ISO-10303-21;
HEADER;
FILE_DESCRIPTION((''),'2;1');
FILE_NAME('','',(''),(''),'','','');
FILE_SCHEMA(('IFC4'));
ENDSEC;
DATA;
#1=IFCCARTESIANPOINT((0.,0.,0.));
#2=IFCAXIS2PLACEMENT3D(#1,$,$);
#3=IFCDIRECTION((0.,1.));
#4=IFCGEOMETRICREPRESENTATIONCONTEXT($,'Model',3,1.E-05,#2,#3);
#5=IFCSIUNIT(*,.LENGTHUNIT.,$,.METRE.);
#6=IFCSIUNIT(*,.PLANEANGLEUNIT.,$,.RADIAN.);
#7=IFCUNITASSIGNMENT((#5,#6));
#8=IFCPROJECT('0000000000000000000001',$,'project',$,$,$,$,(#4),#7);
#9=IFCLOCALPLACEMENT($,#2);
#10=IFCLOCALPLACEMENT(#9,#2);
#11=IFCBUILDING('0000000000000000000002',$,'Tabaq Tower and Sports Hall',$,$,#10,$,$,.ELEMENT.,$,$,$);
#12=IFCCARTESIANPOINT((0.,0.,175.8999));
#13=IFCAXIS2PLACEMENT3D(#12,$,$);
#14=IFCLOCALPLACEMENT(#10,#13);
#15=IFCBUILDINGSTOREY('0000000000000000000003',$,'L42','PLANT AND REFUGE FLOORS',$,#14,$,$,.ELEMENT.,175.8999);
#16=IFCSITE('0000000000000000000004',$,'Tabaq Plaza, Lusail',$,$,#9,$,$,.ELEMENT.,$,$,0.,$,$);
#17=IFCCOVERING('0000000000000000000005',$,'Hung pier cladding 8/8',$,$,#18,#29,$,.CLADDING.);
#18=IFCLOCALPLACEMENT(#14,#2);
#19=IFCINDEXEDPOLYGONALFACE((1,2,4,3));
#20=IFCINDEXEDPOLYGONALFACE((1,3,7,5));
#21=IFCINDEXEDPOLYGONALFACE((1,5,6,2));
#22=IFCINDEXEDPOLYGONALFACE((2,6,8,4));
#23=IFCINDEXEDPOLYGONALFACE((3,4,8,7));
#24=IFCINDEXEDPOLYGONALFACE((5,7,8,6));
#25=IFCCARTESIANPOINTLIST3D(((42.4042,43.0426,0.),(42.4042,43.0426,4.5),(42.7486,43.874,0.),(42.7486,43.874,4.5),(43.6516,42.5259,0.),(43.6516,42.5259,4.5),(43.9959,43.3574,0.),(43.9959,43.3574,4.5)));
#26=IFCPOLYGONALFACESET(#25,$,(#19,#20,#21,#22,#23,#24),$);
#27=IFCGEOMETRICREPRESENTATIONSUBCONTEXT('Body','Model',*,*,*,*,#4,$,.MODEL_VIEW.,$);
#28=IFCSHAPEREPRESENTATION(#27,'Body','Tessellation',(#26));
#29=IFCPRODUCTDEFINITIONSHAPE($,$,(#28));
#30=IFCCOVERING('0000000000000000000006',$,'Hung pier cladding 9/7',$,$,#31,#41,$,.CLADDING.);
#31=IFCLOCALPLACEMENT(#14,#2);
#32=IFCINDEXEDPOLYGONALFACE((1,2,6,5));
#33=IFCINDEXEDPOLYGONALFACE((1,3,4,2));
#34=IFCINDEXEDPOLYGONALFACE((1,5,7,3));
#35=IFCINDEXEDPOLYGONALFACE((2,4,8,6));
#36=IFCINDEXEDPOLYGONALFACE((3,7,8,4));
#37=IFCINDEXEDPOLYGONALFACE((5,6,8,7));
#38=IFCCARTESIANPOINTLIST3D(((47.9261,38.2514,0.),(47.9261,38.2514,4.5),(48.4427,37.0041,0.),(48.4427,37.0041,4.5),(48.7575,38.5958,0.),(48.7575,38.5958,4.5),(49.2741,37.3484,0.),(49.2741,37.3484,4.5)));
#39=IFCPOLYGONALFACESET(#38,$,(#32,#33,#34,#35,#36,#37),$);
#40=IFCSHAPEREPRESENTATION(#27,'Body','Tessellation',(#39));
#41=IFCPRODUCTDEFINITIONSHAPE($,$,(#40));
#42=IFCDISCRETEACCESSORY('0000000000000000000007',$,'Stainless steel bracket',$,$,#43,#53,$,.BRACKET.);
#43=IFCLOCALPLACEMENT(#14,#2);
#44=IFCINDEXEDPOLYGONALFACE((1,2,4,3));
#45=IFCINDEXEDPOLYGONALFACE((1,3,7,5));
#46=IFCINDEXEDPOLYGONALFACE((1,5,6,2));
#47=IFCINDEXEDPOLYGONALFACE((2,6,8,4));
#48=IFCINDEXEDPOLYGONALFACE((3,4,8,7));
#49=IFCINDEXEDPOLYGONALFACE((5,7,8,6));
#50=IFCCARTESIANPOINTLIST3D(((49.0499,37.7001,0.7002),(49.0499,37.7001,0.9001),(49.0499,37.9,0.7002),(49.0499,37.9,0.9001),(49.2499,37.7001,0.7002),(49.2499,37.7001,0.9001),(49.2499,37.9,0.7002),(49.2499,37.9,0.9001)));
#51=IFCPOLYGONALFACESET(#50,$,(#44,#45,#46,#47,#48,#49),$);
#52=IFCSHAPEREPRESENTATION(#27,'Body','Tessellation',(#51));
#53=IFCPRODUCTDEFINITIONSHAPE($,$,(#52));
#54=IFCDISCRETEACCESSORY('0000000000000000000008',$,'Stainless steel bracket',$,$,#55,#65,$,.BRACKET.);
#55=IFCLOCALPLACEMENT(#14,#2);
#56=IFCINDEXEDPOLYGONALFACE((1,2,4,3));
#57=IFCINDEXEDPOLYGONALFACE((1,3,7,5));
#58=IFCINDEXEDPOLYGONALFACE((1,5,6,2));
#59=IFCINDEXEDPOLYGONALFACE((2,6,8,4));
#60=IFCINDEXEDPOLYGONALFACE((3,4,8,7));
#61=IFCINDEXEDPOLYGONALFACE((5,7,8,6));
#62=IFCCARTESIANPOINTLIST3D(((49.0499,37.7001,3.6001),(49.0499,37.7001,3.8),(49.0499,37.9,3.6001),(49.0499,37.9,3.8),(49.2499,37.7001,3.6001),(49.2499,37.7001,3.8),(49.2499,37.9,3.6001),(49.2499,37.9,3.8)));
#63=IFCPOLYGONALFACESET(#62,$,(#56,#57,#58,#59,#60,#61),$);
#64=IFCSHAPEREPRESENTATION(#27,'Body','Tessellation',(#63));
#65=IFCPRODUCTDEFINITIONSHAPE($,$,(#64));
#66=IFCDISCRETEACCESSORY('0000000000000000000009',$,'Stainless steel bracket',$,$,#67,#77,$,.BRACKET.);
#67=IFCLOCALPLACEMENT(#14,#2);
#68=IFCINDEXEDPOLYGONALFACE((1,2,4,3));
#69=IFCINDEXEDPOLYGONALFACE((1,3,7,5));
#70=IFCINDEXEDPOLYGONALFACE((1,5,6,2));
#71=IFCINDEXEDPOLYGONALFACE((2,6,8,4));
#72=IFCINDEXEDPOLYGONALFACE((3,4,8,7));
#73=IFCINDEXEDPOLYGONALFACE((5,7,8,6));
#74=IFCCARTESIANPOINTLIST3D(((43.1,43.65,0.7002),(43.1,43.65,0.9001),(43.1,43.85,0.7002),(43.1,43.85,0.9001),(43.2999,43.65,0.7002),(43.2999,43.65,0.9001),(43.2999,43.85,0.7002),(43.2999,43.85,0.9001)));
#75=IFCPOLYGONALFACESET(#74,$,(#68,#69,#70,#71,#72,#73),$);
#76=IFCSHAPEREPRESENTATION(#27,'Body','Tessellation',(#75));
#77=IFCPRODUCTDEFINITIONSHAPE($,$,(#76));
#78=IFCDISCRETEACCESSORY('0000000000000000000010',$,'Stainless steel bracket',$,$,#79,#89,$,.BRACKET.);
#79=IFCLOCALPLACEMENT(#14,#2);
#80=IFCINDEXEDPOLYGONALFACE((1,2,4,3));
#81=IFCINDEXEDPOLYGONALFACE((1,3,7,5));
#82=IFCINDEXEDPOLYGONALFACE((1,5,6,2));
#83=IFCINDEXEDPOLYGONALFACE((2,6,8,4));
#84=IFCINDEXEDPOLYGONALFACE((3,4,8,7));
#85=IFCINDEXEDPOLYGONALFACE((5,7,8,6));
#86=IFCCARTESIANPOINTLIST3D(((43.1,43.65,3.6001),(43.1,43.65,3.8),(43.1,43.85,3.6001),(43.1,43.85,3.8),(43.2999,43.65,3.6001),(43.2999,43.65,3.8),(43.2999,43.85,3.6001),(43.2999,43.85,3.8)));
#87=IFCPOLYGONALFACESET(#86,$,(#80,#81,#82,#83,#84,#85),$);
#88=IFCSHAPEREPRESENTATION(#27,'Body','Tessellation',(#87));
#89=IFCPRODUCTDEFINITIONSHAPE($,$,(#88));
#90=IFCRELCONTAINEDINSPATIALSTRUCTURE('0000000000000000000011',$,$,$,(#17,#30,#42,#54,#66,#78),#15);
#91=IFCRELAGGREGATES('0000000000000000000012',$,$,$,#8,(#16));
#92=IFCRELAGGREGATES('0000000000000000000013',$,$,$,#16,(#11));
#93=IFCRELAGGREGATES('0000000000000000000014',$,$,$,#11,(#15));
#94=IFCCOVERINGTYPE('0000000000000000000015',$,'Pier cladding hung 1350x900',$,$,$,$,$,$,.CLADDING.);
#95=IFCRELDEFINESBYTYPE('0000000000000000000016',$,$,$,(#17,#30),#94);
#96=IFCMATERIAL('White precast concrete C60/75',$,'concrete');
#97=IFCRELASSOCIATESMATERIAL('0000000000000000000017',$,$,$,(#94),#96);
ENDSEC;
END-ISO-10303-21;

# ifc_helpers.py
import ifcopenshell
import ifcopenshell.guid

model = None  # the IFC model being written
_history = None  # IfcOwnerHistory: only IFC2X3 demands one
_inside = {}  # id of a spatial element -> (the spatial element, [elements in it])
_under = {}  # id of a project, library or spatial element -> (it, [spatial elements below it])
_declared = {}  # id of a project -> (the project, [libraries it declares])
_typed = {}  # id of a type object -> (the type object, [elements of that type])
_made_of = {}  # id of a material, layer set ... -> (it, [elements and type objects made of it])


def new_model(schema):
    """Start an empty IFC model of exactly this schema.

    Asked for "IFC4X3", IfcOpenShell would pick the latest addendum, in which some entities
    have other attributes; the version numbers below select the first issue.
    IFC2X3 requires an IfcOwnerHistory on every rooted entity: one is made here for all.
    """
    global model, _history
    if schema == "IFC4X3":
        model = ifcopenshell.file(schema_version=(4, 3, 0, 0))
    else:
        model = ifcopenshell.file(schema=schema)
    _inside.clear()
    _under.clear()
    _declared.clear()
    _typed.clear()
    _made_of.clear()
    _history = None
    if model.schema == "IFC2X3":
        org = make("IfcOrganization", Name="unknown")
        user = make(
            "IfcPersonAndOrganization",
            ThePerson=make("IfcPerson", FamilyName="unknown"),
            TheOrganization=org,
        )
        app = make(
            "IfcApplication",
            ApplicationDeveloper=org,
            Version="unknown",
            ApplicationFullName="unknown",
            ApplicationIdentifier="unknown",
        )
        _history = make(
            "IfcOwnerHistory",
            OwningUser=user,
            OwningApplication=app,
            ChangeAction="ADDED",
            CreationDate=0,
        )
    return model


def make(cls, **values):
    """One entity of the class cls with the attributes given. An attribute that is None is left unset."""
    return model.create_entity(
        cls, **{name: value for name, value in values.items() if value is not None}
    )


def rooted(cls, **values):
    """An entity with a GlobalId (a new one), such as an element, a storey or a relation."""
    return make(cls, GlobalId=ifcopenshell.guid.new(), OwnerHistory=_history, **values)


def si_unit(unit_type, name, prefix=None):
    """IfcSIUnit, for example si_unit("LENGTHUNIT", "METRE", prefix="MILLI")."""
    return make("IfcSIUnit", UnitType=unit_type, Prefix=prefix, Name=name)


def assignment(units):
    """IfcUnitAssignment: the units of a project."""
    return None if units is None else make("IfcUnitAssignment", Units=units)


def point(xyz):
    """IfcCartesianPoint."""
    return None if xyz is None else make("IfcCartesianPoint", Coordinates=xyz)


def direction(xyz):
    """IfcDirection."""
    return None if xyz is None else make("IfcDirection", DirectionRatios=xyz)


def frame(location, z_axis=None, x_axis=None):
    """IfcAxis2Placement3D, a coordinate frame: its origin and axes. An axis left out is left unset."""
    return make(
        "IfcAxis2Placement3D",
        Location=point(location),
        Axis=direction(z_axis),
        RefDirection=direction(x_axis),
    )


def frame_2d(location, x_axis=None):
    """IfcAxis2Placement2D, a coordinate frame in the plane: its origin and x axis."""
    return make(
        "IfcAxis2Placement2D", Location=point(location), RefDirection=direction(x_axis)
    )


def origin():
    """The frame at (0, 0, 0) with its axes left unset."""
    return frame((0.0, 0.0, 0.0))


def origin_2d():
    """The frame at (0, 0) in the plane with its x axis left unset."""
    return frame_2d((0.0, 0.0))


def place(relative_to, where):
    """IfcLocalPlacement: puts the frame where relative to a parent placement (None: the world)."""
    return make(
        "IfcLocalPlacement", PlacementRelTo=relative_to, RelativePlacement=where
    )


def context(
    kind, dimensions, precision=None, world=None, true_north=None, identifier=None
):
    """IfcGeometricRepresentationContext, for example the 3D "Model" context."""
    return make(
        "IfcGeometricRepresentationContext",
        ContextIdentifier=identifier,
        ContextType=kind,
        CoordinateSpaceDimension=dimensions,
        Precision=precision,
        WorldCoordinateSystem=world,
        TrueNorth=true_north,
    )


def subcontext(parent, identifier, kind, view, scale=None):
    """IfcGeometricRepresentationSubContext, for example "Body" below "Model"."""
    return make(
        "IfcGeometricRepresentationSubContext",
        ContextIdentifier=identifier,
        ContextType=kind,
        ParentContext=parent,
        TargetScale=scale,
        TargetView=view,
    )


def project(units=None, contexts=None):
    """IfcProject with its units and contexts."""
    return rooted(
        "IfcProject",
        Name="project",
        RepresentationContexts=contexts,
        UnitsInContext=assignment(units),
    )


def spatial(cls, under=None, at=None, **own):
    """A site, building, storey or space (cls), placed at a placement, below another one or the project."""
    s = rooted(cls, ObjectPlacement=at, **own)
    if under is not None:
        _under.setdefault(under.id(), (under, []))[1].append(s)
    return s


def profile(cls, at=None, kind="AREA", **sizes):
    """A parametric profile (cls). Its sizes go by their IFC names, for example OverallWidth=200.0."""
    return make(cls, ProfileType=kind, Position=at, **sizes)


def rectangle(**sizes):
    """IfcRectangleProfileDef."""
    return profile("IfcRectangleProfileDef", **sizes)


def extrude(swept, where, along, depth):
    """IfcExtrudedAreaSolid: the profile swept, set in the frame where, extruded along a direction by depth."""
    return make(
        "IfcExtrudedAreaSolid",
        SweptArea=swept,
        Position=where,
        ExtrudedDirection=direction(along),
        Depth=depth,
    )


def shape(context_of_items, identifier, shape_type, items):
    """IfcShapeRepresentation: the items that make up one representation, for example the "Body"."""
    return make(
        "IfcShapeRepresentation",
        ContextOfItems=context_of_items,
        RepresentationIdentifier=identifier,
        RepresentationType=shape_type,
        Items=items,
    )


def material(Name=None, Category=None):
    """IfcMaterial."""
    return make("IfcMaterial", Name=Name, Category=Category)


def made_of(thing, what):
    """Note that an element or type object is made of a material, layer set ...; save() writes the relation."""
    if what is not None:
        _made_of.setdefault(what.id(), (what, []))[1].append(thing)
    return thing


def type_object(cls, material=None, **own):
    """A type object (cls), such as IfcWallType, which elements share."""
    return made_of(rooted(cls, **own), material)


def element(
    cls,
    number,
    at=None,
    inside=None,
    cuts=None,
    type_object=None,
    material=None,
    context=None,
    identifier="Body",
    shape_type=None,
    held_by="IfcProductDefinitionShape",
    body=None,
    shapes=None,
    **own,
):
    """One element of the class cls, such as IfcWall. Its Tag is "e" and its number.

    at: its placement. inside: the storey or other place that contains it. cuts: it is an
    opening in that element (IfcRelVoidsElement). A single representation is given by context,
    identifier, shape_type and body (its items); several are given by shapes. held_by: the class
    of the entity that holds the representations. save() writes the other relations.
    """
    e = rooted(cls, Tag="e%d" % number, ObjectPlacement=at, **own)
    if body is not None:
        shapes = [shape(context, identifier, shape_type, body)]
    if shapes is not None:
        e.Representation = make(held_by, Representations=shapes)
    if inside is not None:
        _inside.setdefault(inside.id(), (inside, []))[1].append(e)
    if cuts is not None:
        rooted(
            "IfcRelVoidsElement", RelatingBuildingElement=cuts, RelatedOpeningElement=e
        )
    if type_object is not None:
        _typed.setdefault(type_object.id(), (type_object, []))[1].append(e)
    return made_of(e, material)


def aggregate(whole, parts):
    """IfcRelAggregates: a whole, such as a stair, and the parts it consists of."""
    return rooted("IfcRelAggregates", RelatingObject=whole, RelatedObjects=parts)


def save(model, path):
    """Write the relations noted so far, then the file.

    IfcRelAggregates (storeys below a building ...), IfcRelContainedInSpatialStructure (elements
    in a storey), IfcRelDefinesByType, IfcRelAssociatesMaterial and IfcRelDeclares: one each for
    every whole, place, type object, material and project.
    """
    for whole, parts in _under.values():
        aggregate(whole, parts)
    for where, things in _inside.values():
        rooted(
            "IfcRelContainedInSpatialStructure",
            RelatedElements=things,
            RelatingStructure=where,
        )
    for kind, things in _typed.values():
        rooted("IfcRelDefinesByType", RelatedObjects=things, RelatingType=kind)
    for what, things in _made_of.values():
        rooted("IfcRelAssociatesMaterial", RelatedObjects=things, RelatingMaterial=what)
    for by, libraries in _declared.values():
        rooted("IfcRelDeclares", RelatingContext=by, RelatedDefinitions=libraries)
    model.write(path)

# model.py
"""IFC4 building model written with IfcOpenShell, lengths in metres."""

from ifc_helpers import new_model, si_unit, direction, frame, frame_2d, origin, origin_2d, place, context, subcontext, project, spatial, rectangle, extrude, material, type_object, element, save


model = new_model("IFC4")

# Units and contexts
model_context = context("Model", 3, precision=1e-05, world=origin(), true_north=direction((0.0, 1.0)))
body_context = subcontext(model_context, "Body", "Model", "MODEL_VIEW")
ifc_project = project(units=[si_unit("LENGTHUNIT", "METRE"), si_unit("PLANEANGLEUNIT", "RADIAN")], contexts=[model_context])

# Site, building, storey
site_placement = place(None, origin())
site = spatial("IfcSite", under=ifc_project, at=site_placement, Name="Tabaq Plaza, Lusail", CompositionType="ELEMENT", RefElevation=0.0)
building_placement = place(site_placement, origin())
building = spatial("IfcBuilding", under=site, at=building_placement, Name="Tabaq Tower and Sports Hall", CompositionType="ELEMENT")
storey_placement = place(building_placement, frame((0.0, 0.0, 175.8999)))
storey = spatial("IfcBuildingStorey", under=building, at=storey_placement, Name="L42", Description="PLANT AND REFUGE FLOORS", CompositionType="ELEMENT", Elevation=175.8999)

# Coverings
ifc_material_1 = material(Name="White precast concrete C60/75", Category="concrete")
covering_type_1 = type_object("IfcCoveringType", Name="Pier cladding hung 1350x900", PredefinedType="CLADDING", material=ifc_material_1)
for number, where, z_axis, x_axis, name in (
    (1, (43.8237, 42.9417, 0.0), (0.0, 0.0, 1.0), (-0.923893, 0.38265, 0.0), "Hung pier cladding 8/8"),
    (2, (48.8584, 37.1763, 0.0), (0.0, 0.0, 1.0), (-0.38265, 0.923893, 0.0), "Hung pier cladding 9/7"),
):
    element("IfcCovering", number, at=place(storey_placement, frame(where, z_axis=z_axis, x_axis=x_axis)), inside=storey, type_object=covering_type_1, Name=name, PredefinedType="CLADDING", context=body_context, shape_type="SweptSolid", body=[
        extrude(rectangle(XDim=1.3501, YDim=0.8999, at=frame_2d((0.675, 0.0))), origin(), (0.0, 0.0, 1.0), 4.5),
    ])

# Discrete accessories
for number, where, z_axis, x_axis, name in (
    (3, (49.1499, 37.8, 0.7002), (0.0, 0.0, 1.0), (-1.0, 0.0, 0.0), "Stainless steel bracket"),
    (4, (49.1499, 37.8, 3.6001), (0.0, 0.0, 1.0), (-1.0, 0.0, 0.0), "Stainless steel bracket"),
    (5, (43.2, 43.75, 0.7002), (0.0, 0.0, 1.0), (0.0, -1.0, 0.0), "Stainless steel bracket"),
    (6, (43.2, 43.75, 3.6001), (0.0, 0.0, 1.0), (0.0, -1.0, 0.0), "Stainless steel bracket"),
):
    element("IfcDiscreteAccessory", number, at=place(storey_placement, frame(where, z_axis=z_axis, x_axis=x_axis)), inside=storey, Name=name, PredefinedType="BRACKET", context=body_context, shape_type="SweptSolid", body=[
        extrude(rectangle(XDim=0.2, YDim=0.2, at=origin_2d()), origin(), (0.0, 0.0, 1.0), 0.2),
    ])

save(model, "model.ifc")
